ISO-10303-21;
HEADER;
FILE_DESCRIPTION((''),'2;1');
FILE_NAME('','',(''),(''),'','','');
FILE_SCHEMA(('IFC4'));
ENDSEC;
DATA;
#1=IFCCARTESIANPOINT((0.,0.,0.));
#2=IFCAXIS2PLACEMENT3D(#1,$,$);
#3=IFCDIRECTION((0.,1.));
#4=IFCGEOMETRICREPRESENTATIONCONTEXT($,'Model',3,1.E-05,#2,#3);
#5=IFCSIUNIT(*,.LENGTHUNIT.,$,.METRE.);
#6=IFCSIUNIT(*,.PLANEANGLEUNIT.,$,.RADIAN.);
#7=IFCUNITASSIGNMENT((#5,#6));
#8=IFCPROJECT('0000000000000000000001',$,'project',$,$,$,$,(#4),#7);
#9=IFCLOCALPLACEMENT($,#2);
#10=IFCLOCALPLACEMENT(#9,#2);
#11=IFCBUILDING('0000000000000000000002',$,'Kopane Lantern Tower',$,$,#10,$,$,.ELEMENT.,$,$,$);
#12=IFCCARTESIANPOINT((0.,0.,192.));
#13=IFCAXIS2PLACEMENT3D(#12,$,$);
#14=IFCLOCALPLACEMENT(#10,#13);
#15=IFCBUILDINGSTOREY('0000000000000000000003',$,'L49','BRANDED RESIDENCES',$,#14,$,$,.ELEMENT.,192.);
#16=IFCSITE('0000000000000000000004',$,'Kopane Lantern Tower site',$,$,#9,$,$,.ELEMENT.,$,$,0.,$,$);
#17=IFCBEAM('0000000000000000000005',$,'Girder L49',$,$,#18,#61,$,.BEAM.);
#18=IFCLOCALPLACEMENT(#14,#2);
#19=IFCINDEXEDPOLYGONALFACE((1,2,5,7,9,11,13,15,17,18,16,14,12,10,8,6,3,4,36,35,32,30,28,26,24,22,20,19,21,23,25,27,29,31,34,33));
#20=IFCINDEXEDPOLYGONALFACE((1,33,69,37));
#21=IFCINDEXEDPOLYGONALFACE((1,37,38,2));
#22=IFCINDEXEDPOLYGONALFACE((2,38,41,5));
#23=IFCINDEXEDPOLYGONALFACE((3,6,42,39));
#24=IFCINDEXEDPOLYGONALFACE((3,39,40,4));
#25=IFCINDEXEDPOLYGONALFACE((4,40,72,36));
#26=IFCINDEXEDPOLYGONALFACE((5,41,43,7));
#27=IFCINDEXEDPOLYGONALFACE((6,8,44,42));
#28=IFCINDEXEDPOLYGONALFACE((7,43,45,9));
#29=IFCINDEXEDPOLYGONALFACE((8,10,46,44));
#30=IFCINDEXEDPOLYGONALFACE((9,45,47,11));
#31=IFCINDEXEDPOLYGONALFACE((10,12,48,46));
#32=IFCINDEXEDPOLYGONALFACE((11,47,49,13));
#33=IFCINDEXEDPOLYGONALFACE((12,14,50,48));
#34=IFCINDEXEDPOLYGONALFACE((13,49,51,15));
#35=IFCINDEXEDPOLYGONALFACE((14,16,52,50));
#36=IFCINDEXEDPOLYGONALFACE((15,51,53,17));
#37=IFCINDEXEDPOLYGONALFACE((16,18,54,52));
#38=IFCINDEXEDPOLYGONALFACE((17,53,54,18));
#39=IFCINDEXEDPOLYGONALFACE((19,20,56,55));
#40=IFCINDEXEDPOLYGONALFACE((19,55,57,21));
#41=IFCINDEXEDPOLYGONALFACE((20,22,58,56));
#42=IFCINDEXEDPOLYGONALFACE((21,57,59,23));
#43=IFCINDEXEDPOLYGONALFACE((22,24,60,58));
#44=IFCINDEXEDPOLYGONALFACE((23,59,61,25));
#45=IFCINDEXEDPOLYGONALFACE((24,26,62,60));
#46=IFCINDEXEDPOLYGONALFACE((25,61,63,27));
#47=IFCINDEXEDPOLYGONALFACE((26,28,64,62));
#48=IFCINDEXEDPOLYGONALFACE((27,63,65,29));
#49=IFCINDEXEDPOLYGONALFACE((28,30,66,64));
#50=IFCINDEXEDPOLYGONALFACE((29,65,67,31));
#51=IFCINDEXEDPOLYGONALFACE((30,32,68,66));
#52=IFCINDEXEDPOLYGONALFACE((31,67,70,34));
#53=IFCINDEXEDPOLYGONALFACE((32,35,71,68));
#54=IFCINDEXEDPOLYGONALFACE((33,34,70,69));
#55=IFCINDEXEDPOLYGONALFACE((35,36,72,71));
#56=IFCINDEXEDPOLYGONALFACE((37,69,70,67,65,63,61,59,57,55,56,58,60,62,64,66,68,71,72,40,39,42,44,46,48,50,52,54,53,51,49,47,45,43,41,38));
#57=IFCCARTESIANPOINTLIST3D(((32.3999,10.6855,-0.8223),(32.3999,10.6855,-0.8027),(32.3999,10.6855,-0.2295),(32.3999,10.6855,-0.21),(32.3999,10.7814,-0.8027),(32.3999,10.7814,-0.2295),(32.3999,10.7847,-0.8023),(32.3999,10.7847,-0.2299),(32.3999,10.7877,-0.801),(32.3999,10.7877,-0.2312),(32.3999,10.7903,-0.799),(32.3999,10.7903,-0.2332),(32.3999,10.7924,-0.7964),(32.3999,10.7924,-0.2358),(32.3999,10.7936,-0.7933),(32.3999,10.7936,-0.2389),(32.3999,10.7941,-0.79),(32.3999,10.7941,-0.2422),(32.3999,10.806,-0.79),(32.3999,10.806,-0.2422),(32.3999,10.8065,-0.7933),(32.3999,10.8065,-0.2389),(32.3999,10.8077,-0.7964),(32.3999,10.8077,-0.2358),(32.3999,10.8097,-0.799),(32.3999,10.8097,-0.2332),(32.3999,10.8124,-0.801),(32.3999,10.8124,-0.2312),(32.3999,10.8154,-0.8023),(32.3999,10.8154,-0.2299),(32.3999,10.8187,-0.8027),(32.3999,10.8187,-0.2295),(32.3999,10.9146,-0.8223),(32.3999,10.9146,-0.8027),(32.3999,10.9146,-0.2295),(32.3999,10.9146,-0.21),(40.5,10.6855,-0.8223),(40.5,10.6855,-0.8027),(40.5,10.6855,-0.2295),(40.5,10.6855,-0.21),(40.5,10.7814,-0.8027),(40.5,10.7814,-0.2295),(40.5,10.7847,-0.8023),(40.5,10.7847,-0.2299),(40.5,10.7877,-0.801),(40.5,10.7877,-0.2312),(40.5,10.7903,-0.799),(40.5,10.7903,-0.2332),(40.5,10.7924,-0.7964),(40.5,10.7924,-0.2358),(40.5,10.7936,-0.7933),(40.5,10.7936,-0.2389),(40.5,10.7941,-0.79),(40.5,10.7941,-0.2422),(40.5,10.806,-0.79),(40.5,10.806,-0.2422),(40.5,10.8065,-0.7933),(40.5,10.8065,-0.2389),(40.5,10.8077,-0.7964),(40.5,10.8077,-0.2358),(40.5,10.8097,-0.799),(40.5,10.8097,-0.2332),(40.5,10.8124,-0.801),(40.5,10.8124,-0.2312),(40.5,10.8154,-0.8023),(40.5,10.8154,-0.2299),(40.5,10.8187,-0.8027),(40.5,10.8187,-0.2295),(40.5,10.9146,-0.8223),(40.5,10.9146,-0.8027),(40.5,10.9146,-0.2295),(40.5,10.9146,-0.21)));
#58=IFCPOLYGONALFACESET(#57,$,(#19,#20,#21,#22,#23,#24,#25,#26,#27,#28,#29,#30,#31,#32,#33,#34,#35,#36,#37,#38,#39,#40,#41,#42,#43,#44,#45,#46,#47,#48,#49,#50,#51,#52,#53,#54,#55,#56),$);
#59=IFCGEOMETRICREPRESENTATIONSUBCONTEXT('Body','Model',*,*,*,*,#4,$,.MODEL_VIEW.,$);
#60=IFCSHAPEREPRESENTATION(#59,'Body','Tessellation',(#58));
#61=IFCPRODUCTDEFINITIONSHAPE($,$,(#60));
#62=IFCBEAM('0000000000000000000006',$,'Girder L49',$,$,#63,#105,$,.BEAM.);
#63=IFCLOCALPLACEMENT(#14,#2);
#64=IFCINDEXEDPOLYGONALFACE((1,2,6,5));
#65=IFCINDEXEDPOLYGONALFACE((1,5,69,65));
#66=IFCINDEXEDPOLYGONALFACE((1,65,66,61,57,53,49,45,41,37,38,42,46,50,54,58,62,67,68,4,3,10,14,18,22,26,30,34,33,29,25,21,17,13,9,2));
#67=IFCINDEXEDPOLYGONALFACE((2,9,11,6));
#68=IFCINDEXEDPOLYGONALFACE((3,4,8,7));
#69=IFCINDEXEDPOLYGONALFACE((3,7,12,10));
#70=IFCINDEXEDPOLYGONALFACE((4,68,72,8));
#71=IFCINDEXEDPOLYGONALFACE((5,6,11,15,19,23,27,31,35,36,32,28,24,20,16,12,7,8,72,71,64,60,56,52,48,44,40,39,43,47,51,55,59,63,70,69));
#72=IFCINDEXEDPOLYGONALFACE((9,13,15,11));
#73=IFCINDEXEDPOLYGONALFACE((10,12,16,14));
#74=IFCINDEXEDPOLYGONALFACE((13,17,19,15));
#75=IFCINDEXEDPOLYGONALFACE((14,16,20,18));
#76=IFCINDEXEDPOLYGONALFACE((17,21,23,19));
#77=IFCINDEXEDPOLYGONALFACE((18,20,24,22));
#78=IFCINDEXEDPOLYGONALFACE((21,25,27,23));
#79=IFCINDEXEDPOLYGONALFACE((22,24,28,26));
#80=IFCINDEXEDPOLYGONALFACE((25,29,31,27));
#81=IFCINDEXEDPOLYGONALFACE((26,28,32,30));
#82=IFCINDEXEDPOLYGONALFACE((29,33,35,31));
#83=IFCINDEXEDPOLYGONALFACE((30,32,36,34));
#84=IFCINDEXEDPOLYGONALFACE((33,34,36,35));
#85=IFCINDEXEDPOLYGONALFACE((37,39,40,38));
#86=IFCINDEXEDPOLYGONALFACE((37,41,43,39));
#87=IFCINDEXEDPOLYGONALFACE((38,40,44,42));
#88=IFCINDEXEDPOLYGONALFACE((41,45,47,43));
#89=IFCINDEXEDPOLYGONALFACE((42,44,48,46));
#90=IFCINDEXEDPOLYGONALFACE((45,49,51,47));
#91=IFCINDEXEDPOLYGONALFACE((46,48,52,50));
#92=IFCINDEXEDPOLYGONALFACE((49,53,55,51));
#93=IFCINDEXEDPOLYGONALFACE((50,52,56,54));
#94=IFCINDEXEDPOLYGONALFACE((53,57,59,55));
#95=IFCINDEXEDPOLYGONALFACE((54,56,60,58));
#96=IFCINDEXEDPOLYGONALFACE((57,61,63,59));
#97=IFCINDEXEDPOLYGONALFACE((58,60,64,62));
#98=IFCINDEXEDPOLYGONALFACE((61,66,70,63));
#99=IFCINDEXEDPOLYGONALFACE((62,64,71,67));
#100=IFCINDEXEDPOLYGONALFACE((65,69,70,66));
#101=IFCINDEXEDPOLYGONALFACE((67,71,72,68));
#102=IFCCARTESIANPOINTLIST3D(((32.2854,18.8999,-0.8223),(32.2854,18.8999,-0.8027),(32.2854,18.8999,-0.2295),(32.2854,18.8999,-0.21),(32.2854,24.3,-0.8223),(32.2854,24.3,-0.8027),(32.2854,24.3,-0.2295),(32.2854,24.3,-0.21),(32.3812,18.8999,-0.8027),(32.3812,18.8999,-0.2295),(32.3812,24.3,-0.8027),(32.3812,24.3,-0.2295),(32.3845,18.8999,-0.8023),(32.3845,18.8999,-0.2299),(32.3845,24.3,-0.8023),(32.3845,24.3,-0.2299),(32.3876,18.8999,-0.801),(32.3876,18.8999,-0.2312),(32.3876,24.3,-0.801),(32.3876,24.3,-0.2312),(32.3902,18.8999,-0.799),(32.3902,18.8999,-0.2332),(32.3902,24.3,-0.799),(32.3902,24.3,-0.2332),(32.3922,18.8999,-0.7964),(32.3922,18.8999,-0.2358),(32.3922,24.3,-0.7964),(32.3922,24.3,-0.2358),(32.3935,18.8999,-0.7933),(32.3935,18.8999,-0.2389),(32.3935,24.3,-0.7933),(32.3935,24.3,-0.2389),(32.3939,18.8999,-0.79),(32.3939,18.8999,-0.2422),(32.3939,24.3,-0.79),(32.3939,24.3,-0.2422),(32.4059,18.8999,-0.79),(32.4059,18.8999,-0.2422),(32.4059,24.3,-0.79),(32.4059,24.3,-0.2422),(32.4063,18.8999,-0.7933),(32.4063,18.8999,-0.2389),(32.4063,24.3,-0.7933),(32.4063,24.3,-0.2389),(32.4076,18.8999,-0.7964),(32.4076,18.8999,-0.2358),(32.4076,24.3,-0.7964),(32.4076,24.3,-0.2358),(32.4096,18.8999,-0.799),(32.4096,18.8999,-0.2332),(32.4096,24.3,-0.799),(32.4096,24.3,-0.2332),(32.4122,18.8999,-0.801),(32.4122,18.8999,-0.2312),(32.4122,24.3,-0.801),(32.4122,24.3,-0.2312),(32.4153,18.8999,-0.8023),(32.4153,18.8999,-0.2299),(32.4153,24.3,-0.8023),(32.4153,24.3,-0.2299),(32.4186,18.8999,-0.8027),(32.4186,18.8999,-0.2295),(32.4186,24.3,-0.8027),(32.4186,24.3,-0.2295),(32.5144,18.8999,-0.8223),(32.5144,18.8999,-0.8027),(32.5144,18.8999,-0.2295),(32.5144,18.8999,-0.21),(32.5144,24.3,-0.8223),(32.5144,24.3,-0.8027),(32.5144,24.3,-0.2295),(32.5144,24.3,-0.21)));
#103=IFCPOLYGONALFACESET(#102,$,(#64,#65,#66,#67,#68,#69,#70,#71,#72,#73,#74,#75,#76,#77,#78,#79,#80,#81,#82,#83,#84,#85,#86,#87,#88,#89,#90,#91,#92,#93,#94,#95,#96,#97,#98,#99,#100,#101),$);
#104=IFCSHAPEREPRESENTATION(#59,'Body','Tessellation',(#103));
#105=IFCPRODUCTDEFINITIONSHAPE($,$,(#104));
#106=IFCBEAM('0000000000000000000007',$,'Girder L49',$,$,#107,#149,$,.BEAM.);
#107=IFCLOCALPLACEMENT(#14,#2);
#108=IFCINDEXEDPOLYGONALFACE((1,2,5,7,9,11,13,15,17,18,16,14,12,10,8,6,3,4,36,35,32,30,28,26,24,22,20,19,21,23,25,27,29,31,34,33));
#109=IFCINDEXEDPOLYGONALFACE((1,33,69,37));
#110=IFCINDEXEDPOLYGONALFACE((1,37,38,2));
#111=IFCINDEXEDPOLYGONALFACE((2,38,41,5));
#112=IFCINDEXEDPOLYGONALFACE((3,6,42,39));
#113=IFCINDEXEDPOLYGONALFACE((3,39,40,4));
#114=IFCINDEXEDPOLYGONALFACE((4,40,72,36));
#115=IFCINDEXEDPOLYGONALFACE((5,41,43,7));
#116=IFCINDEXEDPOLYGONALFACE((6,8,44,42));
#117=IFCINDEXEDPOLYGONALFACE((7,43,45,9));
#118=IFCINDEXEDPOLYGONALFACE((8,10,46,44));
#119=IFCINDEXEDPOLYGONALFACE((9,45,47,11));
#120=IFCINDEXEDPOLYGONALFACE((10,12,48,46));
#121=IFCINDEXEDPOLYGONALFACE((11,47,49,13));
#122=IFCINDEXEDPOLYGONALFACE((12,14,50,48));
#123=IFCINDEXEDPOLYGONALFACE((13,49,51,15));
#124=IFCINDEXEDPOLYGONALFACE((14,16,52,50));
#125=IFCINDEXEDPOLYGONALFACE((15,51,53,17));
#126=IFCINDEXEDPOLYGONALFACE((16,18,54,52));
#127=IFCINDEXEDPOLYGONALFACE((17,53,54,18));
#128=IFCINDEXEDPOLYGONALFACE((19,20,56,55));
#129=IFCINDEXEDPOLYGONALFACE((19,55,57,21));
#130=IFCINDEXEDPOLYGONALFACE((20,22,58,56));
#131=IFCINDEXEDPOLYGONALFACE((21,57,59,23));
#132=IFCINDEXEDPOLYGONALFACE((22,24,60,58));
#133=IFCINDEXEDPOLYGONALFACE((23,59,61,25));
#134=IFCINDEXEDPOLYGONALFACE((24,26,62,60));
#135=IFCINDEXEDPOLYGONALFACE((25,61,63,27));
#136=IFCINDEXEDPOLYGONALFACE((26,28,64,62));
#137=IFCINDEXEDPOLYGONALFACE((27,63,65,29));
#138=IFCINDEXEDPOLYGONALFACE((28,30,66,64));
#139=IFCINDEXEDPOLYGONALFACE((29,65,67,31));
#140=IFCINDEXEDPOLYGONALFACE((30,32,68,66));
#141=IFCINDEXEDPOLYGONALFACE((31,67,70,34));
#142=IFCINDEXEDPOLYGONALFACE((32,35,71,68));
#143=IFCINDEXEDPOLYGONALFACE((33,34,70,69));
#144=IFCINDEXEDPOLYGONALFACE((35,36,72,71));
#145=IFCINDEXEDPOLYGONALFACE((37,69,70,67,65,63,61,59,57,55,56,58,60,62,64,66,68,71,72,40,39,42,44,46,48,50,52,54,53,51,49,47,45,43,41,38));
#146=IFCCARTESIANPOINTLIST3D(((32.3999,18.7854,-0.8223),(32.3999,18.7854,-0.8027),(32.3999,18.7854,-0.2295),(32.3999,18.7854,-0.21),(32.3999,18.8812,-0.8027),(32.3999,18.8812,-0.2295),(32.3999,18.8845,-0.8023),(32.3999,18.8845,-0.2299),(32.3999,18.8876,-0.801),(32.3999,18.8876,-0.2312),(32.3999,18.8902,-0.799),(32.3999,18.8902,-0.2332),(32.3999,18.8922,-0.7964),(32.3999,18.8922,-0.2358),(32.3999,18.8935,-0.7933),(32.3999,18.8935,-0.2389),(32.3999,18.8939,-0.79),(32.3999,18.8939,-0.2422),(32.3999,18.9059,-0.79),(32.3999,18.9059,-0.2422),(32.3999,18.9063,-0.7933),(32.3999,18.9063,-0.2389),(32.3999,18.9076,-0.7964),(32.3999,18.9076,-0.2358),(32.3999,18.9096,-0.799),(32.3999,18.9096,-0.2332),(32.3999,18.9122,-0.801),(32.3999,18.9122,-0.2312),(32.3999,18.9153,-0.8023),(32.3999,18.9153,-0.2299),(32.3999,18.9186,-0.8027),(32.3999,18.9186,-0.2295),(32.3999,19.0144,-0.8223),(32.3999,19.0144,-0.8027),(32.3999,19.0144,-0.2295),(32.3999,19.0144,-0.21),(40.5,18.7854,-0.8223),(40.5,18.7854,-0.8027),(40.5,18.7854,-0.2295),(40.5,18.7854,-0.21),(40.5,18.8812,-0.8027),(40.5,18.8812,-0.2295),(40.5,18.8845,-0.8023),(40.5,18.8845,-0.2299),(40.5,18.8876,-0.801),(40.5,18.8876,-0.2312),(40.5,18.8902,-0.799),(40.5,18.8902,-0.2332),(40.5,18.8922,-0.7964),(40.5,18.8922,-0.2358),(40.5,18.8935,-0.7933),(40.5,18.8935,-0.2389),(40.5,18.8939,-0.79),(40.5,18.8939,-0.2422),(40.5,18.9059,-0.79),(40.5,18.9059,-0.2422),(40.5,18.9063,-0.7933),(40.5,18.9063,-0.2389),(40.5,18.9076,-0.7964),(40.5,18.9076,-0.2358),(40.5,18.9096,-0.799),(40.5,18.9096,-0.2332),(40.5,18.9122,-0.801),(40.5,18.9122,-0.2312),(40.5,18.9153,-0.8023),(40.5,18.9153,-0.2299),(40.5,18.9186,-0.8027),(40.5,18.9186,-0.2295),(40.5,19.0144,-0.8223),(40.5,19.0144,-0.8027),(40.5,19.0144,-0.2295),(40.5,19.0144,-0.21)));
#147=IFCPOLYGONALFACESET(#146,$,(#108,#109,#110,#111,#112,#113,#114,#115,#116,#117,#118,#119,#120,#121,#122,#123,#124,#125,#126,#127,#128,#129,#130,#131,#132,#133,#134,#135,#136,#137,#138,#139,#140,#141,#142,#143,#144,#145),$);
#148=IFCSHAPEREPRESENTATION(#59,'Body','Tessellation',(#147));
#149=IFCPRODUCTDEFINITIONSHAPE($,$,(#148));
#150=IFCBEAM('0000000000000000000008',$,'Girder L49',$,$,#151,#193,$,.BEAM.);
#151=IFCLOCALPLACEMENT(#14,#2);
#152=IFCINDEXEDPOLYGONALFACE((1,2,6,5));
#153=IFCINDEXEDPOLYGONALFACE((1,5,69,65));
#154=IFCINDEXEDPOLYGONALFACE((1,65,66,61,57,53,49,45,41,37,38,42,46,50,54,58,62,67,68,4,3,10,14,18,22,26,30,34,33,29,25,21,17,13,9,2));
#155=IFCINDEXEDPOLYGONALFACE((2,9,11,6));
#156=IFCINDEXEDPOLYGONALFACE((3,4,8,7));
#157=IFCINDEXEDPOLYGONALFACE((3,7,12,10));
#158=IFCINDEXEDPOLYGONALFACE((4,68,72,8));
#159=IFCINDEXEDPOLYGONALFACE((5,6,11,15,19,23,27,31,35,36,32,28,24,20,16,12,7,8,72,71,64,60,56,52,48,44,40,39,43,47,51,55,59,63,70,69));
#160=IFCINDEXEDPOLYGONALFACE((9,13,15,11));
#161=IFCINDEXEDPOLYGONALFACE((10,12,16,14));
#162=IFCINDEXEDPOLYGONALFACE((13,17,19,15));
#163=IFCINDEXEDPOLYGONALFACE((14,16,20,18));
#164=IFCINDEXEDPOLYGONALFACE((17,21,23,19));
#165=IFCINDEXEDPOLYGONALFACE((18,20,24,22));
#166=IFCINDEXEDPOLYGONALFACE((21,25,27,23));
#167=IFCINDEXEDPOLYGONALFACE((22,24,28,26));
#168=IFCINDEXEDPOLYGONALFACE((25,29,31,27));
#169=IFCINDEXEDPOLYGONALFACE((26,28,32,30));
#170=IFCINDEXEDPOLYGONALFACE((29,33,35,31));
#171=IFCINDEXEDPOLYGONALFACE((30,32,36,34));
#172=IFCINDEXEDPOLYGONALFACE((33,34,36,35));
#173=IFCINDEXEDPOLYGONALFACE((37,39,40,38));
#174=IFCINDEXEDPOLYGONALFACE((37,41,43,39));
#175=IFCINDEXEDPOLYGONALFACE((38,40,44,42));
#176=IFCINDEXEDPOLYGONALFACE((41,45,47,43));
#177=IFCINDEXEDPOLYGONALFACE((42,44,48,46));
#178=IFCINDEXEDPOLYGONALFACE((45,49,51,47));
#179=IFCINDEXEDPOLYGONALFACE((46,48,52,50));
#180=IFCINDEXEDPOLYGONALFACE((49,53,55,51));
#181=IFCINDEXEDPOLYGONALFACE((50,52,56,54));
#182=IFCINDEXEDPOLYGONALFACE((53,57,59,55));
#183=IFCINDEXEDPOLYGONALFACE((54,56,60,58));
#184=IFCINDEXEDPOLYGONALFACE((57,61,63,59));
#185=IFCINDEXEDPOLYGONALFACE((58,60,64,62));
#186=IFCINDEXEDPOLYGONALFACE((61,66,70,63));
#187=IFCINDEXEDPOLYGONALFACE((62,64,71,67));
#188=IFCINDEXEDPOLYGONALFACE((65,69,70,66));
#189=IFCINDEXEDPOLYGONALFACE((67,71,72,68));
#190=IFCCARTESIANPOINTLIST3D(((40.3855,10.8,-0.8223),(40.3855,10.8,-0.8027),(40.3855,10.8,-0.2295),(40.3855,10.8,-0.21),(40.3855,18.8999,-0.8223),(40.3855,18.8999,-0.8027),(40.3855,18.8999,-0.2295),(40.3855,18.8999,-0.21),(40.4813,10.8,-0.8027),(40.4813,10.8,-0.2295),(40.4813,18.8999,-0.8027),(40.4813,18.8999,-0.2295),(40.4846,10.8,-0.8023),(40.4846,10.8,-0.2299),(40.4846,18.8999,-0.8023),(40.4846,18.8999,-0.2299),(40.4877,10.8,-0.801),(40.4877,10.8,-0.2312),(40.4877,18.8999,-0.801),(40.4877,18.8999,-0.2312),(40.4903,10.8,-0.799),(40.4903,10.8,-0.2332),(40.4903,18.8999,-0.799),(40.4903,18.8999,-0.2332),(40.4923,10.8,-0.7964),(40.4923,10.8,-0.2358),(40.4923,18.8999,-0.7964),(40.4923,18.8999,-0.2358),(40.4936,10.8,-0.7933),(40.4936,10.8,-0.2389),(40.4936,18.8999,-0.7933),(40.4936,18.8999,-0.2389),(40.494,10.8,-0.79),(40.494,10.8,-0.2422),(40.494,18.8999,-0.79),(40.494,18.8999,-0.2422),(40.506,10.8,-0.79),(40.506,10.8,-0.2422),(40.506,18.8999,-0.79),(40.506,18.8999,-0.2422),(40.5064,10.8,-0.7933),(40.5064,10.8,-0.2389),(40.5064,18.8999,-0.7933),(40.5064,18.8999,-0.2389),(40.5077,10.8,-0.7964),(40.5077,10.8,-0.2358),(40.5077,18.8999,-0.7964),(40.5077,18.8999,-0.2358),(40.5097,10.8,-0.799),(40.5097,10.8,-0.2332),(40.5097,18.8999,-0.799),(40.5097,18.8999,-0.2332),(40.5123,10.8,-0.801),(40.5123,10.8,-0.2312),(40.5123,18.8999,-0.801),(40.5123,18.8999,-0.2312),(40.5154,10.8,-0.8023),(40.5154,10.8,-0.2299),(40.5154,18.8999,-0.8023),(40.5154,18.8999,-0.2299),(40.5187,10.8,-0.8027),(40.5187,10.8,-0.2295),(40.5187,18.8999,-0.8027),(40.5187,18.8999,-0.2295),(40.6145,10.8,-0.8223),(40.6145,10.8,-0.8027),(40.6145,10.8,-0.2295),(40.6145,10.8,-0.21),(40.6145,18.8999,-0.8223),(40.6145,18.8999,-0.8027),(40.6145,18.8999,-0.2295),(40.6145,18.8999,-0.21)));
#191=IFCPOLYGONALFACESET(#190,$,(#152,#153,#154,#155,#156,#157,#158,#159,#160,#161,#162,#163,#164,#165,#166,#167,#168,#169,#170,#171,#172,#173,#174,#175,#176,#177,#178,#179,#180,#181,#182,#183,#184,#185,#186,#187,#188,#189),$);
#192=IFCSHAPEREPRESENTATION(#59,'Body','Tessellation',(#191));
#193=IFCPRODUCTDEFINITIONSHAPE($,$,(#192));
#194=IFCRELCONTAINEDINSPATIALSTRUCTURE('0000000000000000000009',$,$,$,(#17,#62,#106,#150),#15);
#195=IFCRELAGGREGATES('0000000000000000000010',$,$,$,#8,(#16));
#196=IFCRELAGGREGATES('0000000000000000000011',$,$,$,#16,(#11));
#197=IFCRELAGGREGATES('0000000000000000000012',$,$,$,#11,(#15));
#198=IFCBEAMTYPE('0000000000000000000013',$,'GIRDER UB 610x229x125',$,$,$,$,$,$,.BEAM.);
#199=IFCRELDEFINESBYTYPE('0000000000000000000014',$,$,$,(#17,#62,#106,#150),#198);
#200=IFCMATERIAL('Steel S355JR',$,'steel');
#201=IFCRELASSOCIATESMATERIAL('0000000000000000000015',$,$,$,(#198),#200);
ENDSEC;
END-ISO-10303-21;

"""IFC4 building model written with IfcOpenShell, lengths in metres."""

from ifc_helpers import new_model, si_unit, direction, frame, origin, origin_2d, place, context, subcontext, project, spatial, i_section, extrude, material, material_profile, profile_set, type_object, element, save


model = new_model("IFC4")

# Units and contexts
model_context = context("Model", 3, precision=1e-05, world=origin(), true_north=direction((0.0, 1.0)))
body_context = subcontext(model_context, "Body", "Model", "MODEL_VIEW")
ifc_project = project(units=[si_unit("LENGTHUNIT", "METRE"), si_unit("PLANEANGLEUNIT", "RADIAN")], contexts=[model_context])

# Site, building, storey
site_placement = place(None, origin())
site = spatial("IfcSite", under=ifc_project, at=site_placement, Name="Kopane Lantern Tower site", CompositionType="ELEMENT", RefElevation=0.0)
building_placement = place(site_placement, origin())
building = spatial("IfcBuilding", under=site, at=building_placement, Name="Kopane Lantern Tower", CompositionType="ELEMENT")
storey_placement = place(building_placement, frame((0.0, 0.0, 192.0)))
storey = spatial("IfcBuildingStorey", under=building, at=storey_placement, Name="L49", Description="BRANDED RESIDENCES", CompositionType="ELEMENT", Elevation=192.0)

# Beams
ifc_material_1 = material(Name="Steel S355JR", Category="steel")
ifc_material_profile_1 = material_profile(ifc_material_1, i_section(OverallWidth=0.229, OverallDepth=0.6123, WebThickness=0.012, FlangeThickness=0.0195, FilletRadius=0.0127, at=origin_2d()), Name="UB 610x229x125")
ifc_profile_set_1 = profile_set([ifc_material_profile_1], Name="Steel S355JR")
beam_type = type_object("IfcBeamType", Name="GIRDER UB 610x229x125", PredefinedType="BEAM", material=ifc_profile_set_1)
beam_1_placement = place(storey_placement, frame((32.3999, 10.8, -0.5161), z_axis=(1.0, 0.0, 0.0), x_axis=(0.0, 1.0, 0.0)))
element("IfcBeam", 1, at=beam_1_placement, inside=storey, type_object=beam_type, Name="Girder L49", PredefinedType="BEAM", context=body_context, shape_type="SweptSolid", body=[
    extrude(i_section(OverallWidth=0.229, OverallDepth=0.6123, WebThickness=0.012, FlangeThickness=0.0195, FilletRadius=0.0127, at=origin_2d()), origin(), (0.0, 0.0, 1.0), 8.1001),
])
beam_2_placement = place(storey_placement, frame((32.3999, 18.8999, -0.5161), z_axis=(0.0, 1.0, 0.0), x_axis=(-1.0, 0.0, 0.0)))
element("IfcBeam", 2, at=beam_2_placement, inside=storey, type_object=beam_type, Name="Girder L49", PredefinedType="BEAM", context=body_context, shape_type="SweptSolid", body=[
    extrude(i_section(OverallWidth=0.229, OverallDepth=0.6123, WebThickness=0.012, FlangeThickness=0.0195, FilletRadius=0.0127, at=origin_2d()), origin(), (0.0, 0.0, 1.0), 5.4001),
])
beam_3_placement = place(storey_placement, frame((32.3999, 18.8999, -0.5161), z_axis=(1.0, 0.0, 0.0), x_axis=(0.0, 1.0, 0.0)))
element("IfcBeam", 3, at=beam_3_placement, inside=storey, type_object=beam_type, Name="Girder L49", PredefinedType="BEAM", context=body_context, shape_type="SweptSolid", body=[
    extrude(i_section(OverallWidth=0.229, OverallDepth=0.6123, WebThickness=0.012, FlangeThickness=0.0195, FilletRadius=0.0127, at=origin_2d()), origin(), (0.0, 0.0, 1.0), 8.1001),
])
beam_4_placement = place(storey_placement, frame((40.5, 10.8, -0.5161), z_axis=(0.0, 1.0, 0.0), x_axis=(-1.0, 0.0, 0.0)))
element("IfcBeam", 4, at=beam_4_placement, inside=storey, type_object=beam_type, Name="Girder L49", PredefinedType="BEAM", context=body_context, shape_type="SweptSolid", body=[
    extrude(i_section(OverallWidth=0.229, OverallDepth=0.6123, WebThickness=0.012, FlangeThickness=0.0195, FilletRadius=0.0127, at=origin_2d()), origin(), (0.0, 0.0, 1.0), 8.0999),
])

save(model, "model.ifc")
